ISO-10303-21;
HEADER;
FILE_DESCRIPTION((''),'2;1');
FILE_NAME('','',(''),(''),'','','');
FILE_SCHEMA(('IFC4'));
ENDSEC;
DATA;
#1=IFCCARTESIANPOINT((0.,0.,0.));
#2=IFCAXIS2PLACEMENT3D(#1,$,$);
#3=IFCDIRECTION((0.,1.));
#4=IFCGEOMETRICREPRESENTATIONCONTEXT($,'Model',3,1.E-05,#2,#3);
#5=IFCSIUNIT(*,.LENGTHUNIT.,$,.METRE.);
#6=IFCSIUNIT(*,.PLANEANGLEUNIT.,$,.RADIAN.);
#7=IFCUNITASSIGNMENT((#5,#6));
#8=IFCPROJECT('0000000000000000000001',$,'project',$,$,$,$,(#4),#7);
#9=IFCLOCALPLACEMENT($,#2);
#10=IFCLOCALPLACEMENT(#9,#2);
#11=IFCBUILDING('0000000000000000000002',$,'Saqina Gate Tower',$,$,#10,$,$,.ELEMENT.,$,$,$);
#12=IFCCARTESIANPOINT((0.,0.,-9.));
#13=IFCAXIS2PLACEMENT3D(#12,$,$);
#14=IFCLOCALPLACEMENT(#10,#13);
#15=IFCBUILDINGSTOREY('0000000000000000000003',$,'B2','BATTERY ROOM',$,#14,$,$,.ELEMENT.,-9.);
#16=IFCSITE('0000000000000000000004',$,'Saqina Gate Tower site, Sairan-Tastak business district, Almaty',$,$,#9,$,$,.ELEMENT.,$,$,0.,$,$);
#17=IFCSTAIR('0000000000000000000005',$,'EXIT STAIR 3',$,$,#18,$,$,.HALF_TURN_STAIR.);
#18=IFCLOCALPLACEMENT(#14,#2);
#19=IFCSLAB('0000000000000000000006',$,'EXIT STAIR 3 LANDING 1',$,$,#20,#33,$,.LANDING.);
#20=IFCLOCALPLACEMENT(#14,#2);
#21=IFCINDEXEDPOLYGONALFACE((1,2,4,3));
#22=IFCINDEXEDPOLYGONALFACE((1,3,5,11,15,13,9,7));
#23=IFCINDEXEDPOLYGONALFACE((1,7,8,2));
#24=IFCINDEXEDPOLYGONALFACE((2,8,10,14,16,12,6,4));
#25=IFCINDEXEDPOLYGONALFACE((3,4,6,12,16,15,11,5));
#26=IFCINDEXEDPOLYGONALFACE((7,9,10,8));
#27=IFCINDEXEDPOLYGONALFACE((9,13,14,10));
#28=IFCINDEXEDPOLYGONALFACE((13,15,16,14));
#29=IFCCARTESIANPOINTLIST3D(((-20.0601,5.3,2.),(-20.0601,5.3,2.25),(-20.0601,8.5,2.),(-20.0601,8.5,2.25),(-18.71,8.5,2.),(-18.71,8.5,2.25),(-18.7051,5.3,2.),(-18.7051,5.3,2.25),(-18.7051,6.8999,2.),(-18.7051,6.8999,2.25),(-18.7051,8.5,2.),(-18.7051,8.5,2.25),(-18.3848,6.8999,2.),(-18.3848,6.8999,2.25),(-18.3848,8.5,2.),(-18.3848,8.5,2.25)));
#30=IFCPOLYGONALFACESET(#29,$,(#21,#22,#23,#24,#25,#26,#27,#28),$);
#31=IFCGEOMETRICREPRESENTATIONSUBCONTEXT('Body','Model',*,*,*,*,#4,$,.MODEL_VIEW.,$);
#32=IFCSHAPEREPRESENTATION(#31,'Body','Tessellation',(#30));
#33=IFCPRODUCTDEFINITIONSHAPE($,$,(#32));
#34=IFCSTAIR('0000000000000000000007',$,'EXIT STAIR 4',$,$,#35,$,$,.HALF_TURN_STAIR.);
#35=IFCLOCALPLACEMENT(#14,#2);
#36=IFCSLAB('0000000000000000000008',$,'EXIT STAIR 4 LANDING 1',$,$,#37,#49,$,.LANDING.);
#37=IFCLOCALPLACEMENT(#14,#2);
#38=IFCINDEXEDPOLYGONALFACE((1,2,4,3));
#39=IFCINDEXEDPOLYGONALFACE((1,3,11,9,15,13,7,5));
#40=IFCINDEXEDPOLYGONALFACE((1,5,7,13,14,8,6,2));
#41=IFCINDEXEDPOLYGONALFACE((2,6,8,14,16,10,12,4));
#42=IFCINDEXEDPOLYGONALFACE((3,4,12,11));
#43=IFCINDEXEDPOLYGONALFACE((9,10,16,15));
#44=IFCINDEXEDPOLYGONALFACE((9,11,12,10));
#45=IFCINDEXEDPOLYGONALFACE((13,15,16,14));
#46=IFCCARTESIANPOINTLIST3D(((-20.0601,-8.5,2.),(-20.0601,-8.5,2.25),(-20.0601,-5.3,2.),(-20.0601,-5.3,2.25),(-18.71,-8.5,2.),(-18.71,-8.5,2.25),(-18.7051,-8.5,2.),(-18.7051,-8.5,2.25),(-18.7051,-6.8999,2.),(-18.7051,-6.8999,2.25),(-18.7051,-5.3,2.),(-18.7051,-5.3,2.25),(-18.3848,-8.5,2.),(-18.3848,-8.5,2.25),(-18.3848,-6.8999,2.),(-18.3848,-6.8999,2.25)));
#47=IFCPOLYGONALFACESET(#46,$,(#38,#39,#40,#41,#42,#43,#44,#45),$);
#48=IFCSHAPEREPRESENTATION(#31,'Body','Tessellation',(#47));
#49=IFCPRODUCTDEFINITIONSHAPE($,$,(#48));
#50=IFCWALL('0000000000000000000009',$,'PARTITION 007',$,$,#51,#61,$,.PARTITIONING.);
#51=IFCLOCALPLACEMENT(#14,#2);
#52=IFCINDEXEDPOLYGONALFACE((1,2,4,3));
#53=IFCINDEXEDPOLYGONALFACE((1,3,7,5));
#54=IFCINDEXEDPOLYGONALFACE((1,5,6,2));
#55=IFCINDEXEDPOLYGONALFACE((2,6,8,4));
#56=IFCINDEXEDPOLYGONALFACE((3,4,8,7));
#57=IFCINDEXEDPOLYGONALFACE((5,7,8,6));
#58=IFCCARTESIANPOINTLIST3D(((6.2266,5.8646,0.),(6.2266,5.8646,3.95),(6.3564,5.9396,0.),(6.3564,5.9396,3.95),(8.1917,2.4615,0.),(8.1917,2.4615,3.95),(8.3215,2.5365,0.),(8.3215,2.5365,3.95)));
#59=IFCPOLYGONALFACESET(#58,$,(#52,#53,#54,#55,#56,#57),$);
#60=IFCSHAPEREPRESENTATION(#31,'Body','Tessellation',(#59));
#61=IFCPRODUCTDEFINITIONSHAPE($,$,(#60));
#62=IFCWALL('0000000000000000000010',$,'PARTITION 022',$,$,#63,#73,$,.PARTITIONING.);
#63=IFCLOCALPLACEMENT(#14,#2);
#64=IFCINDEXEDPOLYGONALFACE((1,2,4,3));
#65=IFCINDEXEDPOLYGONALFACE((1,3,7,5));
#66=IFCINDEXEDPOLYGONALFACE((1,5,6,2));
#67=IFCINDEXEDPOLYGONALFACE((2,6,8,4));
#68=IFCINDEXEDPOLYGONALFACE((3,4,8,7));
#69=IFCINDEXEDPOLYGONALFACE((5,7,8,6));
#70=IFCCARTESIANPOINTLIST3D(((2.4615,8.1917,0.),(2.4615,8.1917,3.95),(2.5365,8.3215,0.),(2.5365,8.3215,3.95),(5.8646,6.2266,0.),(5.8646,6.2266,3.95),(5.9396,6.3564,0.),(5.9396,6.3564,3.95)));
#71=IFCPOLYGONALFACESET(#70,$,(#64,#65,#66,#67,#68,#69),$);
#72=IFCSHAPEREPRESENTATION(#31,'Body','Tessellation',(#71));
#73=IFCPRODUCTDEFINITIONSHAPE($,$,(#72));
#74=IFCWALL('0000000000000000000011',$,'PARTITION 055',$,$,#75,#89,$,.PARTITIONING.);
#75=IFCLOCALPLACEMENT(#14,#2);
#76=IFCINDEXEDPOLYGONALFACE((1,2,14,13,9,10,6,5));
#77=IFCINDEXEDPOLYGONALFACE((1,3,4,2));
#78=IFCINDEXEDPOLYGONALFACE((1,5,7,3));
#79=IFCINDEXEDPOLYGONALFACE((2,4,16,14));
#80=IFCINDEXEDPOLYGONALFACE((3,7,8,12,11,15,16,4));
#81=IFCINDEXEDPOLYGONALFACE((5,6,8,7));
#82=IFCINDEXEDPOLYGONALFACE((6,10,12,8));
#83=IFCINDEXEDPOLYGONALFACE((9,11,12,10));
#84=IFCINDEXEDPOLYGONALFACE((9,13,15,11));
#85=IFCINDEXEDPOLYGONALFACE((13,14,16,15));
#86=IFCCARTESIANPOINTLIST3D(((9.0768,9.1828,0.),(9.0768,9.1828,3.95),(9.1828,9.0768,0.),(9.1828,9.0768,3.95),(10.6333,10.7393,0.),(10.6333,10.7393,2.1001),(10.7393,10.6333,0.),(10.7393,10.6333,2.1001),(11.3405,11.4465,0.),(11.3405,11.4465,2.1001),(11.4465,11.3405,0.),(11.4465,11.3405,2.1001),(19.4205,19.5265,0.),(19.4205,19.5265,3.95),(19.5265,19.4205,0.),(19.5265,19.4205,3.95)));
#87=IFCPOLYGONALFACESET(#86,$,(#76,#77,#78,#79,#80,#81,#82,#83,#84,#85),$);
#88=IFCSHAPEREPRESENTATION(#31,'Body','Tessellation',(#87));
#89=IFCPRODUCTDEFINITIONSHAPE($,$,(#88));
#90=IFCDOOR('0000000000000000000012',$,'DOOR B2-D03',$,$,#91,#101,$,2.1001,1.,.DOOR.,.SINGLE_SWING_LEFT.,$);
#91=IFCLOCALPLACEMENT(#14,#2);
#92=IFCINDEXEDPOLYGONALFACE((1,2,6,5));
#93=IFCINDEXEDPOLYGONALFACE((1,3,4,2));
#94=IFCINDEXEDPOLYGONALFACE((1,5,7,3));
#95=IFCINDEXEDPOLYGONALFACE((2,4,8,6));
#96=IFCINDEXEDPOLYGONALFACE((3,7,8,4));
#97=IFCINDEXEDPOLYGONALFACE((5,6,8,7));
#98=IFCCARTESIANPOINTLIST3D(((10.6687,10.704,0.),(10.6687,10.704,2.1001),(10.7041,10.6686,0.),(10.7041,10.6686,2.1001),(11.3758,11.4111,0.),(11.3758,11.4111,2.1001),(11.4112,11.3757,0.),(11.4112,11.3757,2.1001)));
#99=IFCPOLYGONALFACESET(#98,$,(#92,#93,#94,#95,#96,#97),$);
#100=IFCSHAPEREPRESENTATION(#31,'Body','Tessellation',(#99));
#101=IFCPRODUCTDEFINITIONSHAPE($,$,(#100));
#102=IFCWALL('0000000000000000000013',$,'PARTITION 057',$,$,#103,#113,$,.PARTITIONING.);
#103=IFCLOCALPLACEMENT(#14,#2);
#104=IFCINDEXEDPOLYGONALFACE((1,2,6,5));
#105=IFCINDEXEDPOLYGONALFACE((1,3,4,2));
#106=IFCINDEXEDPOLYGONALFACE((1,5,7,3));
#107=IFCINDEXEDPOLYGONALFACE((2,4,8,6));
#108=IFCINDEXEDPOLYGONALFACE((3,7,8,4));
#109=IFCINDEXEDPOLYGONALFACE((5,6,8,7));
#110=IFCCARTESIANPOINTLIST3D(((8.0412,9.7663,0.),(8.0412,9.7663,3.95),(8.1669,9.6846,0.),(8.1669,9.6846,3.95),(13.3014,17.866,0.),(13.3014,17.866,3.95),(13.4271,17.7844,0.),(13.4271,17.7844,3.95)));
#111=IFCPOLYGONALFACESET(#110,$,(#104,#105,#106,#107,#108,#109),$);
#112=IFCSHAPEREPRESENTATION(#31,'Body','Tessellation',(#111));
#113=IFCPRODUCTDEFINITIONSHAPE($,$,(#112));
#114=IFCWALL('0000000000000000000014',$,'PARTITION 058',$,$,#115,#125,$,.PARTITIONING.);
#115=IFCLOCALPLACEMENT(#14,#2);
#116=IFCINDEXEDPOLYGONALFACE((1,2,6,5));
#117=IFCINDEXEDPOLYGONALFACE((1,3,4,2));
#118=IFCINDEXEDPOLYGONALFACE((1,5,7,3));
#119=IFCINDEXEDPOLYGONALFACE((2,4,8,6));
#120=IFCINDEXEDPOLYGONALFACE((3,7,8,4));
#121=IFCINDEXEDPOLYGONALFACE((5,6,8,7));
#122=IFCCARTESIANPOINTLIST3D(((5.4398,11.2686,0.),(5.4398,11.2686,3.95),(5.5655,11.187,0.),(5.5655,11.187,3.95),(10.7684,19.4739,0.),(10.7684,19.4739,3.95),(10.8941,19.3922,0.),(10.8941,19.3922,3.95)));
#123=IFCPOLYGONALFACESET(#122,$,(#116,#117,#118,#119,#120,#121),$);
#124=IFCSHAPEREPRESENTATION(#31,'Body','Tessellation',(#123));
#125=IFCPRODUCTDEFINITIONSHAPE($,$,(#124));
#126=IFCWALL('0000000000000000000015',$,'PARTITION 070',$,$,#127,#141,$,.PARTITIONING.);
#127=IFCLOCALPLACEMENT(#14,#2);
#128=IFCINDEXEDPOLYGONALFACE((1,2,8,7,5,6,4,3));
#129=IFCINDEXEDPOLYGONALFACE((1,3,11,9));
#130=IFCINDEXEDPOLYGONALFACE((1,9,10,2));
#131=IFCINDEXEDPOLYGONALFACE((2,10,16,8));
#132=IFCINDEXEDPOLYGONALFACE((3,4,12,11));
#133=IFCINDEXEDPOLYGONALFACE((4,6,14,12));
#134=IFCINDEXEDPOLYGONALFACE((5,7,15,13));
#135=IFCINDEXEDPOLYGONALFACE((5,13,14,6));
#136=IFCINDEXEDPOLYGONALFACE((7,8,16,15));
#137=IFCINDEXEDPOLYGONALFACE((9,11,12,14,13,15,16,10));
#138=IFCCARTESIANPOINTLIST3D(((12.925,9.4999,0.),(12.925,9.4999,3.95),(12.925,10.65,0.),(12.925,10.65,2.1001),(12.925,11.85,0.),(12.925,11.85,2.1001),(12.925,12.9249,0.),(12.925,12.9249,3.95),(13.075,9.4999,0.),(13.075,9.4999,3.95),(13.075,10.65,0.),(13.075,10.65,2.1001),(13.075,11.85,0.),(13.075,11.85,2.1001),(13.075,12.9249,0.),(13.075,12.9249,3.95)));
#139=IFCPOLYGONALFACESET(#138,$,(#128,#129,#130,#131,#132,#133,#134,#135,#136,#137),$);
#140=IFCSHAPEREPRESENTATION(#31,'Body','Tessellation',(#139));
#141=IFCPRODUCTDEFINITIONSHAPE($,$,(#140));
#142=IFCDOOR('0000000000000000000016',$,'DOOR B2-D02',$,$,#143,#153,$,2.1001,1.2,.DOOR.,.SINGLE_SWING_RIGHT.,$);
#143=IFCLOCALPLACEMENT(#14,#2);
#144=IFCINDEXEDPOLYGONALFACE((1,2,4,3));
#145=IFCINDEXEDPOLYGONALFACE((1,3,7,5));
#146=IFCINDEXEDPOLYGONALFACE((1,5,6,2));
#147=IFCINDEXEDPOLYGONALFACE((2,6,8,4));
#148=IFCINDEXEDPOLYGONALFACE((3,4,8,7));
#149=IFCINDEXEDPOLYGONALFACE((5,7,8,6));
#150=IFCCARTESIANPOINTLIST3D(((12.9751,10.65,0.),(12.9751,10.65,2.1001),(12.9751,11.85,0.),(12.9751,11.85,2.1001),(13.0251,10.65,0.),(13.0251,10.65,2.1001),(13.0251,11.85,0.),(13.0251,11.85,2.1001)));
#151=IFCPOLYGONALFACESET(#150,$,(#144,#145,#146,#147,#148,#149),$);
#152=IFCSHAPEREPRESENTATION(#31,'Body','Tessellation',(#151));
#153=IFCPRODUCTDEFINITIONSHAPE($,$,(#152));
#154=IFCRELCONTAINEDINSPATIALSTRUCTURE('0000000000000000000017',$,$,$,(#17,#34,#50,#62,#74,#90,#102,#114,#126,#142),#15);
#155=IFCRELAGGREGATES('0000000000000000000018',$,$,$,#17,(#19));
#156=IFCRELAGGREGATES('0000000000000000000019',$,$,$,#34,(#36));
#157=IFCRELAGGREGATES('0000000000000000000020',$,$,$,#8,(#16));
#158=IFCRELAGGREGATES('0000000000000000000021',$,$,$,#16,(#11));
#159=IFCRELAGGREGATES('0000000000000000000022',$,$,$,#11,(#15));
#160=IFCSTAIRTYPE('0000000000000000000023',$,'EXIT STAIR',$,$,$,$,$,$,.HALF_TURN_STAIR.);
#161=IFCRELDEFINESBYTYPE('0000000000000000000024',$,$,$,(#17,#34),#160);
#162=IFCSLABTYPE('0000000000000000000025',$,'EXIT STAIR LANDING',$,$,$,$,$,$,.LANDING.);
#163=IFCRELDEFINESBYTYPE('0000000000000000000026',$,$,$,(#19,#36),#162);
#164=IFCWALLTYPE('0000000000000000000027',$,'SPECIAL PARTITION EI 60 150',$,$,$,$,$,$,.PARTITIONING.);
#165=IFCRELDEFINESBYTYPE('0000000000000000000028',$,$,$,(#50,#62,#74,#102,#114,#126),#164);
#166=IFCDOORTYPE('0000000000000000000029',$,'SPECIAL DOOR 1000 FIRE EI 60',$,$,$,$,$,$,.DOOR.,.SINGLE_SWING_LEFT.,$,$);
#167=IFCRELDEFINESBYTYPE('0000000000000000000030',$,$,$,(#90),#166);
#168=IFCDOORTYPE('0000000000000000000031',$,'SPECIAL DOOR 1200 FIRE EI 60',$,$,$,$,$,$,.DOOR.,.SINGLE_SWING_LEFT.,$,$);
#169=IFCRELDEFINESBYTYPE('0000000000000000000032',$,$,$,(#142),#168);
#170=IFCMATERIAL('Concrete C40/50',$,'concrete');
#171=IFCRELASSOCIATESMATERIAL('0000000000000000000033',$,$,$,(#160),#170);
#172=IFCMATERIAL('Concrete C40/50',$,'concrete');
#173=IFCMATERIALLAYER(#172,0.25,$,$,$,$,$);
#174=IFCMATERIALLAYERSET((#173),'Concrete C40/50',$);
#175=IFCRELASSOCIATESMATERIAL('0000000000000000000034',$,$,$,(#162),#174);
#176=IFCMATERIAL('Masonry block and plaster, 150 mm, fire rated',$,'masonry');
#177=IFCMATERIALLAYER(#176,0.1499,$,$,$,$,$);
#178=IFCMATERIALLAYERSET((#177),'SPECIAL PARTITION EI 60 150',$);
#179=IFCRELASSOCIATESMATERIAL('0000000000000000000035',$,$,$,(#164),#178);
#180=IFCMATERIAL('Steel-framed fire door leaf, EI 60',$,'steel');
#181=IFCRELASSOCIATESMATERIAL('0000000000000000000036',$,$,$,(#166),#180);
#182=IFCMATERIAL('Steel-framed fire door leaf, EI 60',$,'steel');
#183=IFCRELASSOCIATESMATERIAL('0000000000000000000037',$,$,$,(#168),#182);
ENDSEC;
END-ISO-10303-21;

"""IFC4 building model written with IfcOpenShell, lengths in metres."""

from ifc_helpers import new_model, si_unit, direction, frame, frame_2d, origin, place, context, subcontext, project, spatial, polyline, rectangle, outline, extrude, material, layer, layer_set, type_object, element, fill, aggregate, save


model = new_model("IFC4")

# Units and contexts
model_context = context("Model", 3, precision=1e-05, world=origin(), true_north=direction((0.0, 1.0)))
body_context = subcontext(model_context, "Body", "Model", "MODEL_VIEW")
ifc_project = project(units=[si_unit("LENGTHUNIT", "METRE"), si_unit("PLANEANGLEUNIT", "RADIAN")], contexts=[model_context])

# Site, building, storey
site_placement = place(None, origin())
site = spatial("IfcSite", under=ifc_project, at=site_placement, Name="Saqina Gate Tower site, Sairan-Tastak business district, Almaty", CompositionType="ELEMENT", RefElevation=0.0)
building_placement = place(site_placement, origin())
building = spatial("IfcBuilding", under=site, at=building_placement, Name="Saqina Gate Tower", CompositionType="ELEMENT")
storey_placement = place(building_placement, frame((0.0, 0.0, -9.0)))
storey = spatial("IfcBuildingStorey", under=building, at=storey_placement, Name="B2", Description="BATTERY ROOM", CompositionType="ELEMENT", Elevation=-9.0)

# Stairs, slabs
ifc_material_1 = material(Name="Concrete C40/50", Category="concrete")
stair_type = type_object("IfcStairType", Name="EXIT STAIR", PredefinedType="HALF_TURN_STAIR", material=ifc_material_1)
ifc_material_2 = material(Name="Concrete C40/50", Category="concrete")
ifc_layer_1 = layer(ifc_material_2, 0.25)
ifc_layer_set_1 = layer_set([ifc_layer_1], Name="Concrete C40/50")
slab_type = type_object("IfcSlabType", Name="EXIT STAIR LANDING", PredefinedType="LANDING", material=ifc_layer_set_1)
stair_1_placement = place(storey_placement, origin())
stair_1 = element("IfcStair", 1, at=stair_1_placement, inside=storey, type_object=stair_type, Name="EXIT STAIR 3", PredefinedType="HALF_TURN_STAIR")
slab_1_placement = place(storey_placement, frame((0.0, 0.0, 2.0)))
slab_1 = element("IfcSlab", 2, at=slab_1_placement, type_object=slab_type, Name="EXIT STAIR 3 LANDING 1", PredefinedType="LANDING", context=body_context, shape_type="SweptSolid", body=[
    extrude(outline(polyline([(-18.7051, 5.3), (-20.0601, 5.3), (-20.0601, 8.5), (-18.71, 8.5), (-18.7051, 8.5), (-18.3848, 8.5), (-18.3848, 6.8999), (-18.7051, 6.8999), (-18.7051, 5.3)])), origin(), (0.0, 0.0, 1.0), 0.25),
])
aggregate(stair_1, [slab_1])
stair_2_placement = place(storey_placement, origin())
stair_2 = element("IfcStair", 3, at=stair_2_placement, inside=storey, type_object=stair_type, Name="EXIT STAIR 4", PredefinedType="HALF_TURN_STAIR")
slab_2_placement = place(storey_placement, frame((0.0, 0.0, 2.0)))
slab_2 = element("IfcSlab", 4, at=slab_2_placement, type_object=slab_type, Name="EXIT STAIR 4 LANDING 1", PredefinedType="LANDING", context=body_context, shape_type="SweptSolid", body=[
    extrude(outline(polyline([(-18.3848, -6.8999), (-18.3848, -8.5), (-18.7051, -8.5), (-18.71, -8.5), (-20.0601, -8.5), (-20.0601, -5.3), (-18.7051, -5.3), (-18.7051, -6.8999), (-18.3848, -6.8999)])), origin(), (0.0, 0.0, 1.0), 0.25),
])
aggregate(stair_2, [slab_2])

# Walls
ifc_material_3 = material(Name="Masonry block and plaster, 150 mm, fire rated", Category="masonry")
ifc_layer_2 = layer(ifc_material_3, 0.1499)
ifc_layer_set_2 = layer_set([ifc_layer_2], Name="SPECIAL PARTITION EI 60 150")
wall_type_1 = type_object("IfcWallType", Name="SPECIAL PARTITION EI 60 150", PredefinedType="PARTITIONING", material=ifc_layer_set_2)
for number, where, z_axis, x_axis, name in (
    (5, (6.2915, 5.9021, 0.0), (0.0, 0.0, 1.0), (0.500061, -0.86599, 0.0), "PARTITION 007"),
    (6, (2.499, 8.2566, 0.0), (0.0, 0.0, 1.0), (0.86599, -0.500061, 0.0), "PARTITION 022"),
):
    element("IfcWall", number, at=place(storey_placement, frame(where, z_axis=z_axis, x_axis=x_axis)), inside=storey, type_object=wall_type_1, Name=name, PredefinedType="PARTITIONING", context=body_context, shape_type="SweptSolid", body=[
        extrude(rectangle(XDim=3.9297, YDim=0.1499, at=frame_2d((1.9648, 0.0))), origin(), (0.0, 0.0, 1.0), 3.95),
    ])

# Wall, opening, door
wall_1_placement = place(storey_placement, frame((9.1299, 9.1299, 0.0), z_axis=(0.0, 0.0, 1.0), x_axis=(0.707107, 0.707107, 0.0)))
wall_1 = element("IfcWall", 7, at=wall_1_placement, inside=storey, type_object=wall_type_1, Name="PARTITION 055", PredefinedType="PARTITIONING", context=body_context, shape_type="SweptSolid", body=[
    extrude(rectangle(XDim=14.6282, YDim=0.1499, at=frame_2d((7.314, 0.0))), origin(), (0.0, 0.0, 1.0), 3.95),
])
opening_1_placement = place(wall_1_placement, frame((2.2012, 0.0, 0.0)))
opening_1 = element("IfcOpeningElement", 8, at=opening_1_placement, cuts=wall_1, PredefinedType="OPENING", context=body_context, shape_type="SweptSolid", body=[
    extrude(rectangle(XDim=1.0, YDim=2.1001, at=frame_2d((0.5, 1.05))), frame((0.0, 0.0869, 0.0), z_axis=(0.0, -1.0, 0.0), x_axis=(1.0, 0.0, 0.0)), (0.0, 0.0, 1.0), 0.1738),
])
ifc_material_4 = material(Name="Steel-framed fire door leaf, EI 60", Category="steel")
door_type_1 = type_object("IfcDoorType", Name="SPECIAL DOOR 1000 FIRE EI 60", OperationType="SINGLE_SWING_LEFT", PredefinedType="DOOR", material=ifc_material_4)
door_1_placement = place(opening_1_placement, origin())
door_1 = element("IfcDoor", 9, at=door_1_placement, inside=storey, type_object=door_type_1, Name="DOOR B2-D03", OperationType="SINGLE_SWING_LEFT", OverallHeight=2.1001, OverallWidth=1.0, PredefinedType="DOOR", context=body_context, shape_type="SweptSolid", body=[
    extrude(rectangle(XDim=1.0, YDim=2.1001, at=frame_2d((0.5, 1.05))), frame((0.0, 0.0249, 0.0), z_axis=(0.0, -1.0, 0.0), x_axis=(1.0, 0.0, 0.0)), (0.0, 0.0, 1.0), 0.05),
])
fill(opening_1, door_1)

# Walls
wall_2_placement = place(storey_placement, frame((8.104, 9.7253, 0.0), z_axis=(0.0, 0.0, 1.0), x_axis=(0.54465, 0.838664, 0.0)))
element("IfcWall", 10, at=wall_2_placement, inside=storey, type_object=wall_type_1, Name="PARTITION 057", PredefinedType="PARTITIONING", context=body_context, shape_type="SweptSolid", body=[
    extrude(rectangle(XDim=9.658, YDim=0.1499, at=frame_2d((4.8291, 0.0))), origin(), (0.0, 0.0, 1.0), 3.95),
])
wall_3_placement = place(storey_placement, frame((5.5027, 11.2278, 0.0), z_axis=(0.0, 0.0, 1.0), x_axis=(0.54464, 0.83867, 0.0)))
element("IfcWall", 11, at=wall_3_placement, inside=storey, type_object=wall_type_1, Name="PARTITION 058", PredefinedType="PARTITIONING", context=body_context, shape_type="SweptSolid", body=[
    extrude(rectangle(XDim=9.7837, YDim=0.1499, at=frame_2d((4.8918, 0.0))), origin(), (0.0, 0.0, 1.0), 3.95),
])

# Wall, opening, door
wall_4_placement = place(storey_placement, frame((13.0, 9.5, 0.0), z_axis=(0.0, 0.0, 1.0), x_axis=(0.0, 1.0, 0.0)))
wall_4 = element("IfcWall", 12, at=wall_4_placement, inside=storey, type_object=wall_type_1, Name="PARTITION 070", PredefinedType="PARTITIONING", context=body_context, shape_type="SweptSolid", body=[
    extrude(rectangle(XDim=3.425, YDim=0.1499, at=frame_2d((1.7124, 0.0))), origin(), (0.0, 0.0, 1.0), 3.95),
])
opening_2_placement = place(wall_4_placement, frame((1.1499, 0.0, 0.0)))
opening_2 = element("IfcOpeningElement", 13, at=opening_2_placement, cuts=wall_4, PredefinedType="OPENING", context=body_context, shape_type="SweptSolid", body=[
    extrude(rectangle(XDim=1.2, YDim=2.1001, at=frame_2d((0.6001, 1.05))), frame((0.0, 0.0869, 0.0), z_axis=(0.0, -1.0, 0.0), x_axis=(1.0, 0.0, 0.0)), (0.0, 0.0, 1.0), 0.1738),
])
ifc_material_5 = material(Name="Steel-framed fire door leaf, EI 60", Category="steel")
door_type_2 = type_object("IfcDoorType", Name="SPECIAL DOOR 1200 FIRE EI 60", OperationType="SINGLE_SWING_LEFT", PredefinedType="DOOR", material=ifc_material_5)
door_2_placement = place(opening_2_placement, origin())
door_2 = element("IfcDoor", 14, at=door_2_placement, inside=storey, type_object=door_type_2, Name="DOOR B2-D02", OperationType="SINGLE_SWING_RIGHT", OverallHeight=2.1001, OverallWidth=1.2, PredefinedType="DOOR", context=body_context, shape_type="SweptSolid", body=[
    extrude(rectangle(XDim=1.2, YDim=2.1001, at=frame_2d((0.6001, 1.05))), frame((0.0, 0.0249, 0.0), z_axis=(0.0, -1.0, 0.0), x_axis=(1.0, 0.0, 0.0)), (0.0, 0.0, 1.0), 0.05),
])
fill(opening_2, door_2)

save(model, "model.ifc")
